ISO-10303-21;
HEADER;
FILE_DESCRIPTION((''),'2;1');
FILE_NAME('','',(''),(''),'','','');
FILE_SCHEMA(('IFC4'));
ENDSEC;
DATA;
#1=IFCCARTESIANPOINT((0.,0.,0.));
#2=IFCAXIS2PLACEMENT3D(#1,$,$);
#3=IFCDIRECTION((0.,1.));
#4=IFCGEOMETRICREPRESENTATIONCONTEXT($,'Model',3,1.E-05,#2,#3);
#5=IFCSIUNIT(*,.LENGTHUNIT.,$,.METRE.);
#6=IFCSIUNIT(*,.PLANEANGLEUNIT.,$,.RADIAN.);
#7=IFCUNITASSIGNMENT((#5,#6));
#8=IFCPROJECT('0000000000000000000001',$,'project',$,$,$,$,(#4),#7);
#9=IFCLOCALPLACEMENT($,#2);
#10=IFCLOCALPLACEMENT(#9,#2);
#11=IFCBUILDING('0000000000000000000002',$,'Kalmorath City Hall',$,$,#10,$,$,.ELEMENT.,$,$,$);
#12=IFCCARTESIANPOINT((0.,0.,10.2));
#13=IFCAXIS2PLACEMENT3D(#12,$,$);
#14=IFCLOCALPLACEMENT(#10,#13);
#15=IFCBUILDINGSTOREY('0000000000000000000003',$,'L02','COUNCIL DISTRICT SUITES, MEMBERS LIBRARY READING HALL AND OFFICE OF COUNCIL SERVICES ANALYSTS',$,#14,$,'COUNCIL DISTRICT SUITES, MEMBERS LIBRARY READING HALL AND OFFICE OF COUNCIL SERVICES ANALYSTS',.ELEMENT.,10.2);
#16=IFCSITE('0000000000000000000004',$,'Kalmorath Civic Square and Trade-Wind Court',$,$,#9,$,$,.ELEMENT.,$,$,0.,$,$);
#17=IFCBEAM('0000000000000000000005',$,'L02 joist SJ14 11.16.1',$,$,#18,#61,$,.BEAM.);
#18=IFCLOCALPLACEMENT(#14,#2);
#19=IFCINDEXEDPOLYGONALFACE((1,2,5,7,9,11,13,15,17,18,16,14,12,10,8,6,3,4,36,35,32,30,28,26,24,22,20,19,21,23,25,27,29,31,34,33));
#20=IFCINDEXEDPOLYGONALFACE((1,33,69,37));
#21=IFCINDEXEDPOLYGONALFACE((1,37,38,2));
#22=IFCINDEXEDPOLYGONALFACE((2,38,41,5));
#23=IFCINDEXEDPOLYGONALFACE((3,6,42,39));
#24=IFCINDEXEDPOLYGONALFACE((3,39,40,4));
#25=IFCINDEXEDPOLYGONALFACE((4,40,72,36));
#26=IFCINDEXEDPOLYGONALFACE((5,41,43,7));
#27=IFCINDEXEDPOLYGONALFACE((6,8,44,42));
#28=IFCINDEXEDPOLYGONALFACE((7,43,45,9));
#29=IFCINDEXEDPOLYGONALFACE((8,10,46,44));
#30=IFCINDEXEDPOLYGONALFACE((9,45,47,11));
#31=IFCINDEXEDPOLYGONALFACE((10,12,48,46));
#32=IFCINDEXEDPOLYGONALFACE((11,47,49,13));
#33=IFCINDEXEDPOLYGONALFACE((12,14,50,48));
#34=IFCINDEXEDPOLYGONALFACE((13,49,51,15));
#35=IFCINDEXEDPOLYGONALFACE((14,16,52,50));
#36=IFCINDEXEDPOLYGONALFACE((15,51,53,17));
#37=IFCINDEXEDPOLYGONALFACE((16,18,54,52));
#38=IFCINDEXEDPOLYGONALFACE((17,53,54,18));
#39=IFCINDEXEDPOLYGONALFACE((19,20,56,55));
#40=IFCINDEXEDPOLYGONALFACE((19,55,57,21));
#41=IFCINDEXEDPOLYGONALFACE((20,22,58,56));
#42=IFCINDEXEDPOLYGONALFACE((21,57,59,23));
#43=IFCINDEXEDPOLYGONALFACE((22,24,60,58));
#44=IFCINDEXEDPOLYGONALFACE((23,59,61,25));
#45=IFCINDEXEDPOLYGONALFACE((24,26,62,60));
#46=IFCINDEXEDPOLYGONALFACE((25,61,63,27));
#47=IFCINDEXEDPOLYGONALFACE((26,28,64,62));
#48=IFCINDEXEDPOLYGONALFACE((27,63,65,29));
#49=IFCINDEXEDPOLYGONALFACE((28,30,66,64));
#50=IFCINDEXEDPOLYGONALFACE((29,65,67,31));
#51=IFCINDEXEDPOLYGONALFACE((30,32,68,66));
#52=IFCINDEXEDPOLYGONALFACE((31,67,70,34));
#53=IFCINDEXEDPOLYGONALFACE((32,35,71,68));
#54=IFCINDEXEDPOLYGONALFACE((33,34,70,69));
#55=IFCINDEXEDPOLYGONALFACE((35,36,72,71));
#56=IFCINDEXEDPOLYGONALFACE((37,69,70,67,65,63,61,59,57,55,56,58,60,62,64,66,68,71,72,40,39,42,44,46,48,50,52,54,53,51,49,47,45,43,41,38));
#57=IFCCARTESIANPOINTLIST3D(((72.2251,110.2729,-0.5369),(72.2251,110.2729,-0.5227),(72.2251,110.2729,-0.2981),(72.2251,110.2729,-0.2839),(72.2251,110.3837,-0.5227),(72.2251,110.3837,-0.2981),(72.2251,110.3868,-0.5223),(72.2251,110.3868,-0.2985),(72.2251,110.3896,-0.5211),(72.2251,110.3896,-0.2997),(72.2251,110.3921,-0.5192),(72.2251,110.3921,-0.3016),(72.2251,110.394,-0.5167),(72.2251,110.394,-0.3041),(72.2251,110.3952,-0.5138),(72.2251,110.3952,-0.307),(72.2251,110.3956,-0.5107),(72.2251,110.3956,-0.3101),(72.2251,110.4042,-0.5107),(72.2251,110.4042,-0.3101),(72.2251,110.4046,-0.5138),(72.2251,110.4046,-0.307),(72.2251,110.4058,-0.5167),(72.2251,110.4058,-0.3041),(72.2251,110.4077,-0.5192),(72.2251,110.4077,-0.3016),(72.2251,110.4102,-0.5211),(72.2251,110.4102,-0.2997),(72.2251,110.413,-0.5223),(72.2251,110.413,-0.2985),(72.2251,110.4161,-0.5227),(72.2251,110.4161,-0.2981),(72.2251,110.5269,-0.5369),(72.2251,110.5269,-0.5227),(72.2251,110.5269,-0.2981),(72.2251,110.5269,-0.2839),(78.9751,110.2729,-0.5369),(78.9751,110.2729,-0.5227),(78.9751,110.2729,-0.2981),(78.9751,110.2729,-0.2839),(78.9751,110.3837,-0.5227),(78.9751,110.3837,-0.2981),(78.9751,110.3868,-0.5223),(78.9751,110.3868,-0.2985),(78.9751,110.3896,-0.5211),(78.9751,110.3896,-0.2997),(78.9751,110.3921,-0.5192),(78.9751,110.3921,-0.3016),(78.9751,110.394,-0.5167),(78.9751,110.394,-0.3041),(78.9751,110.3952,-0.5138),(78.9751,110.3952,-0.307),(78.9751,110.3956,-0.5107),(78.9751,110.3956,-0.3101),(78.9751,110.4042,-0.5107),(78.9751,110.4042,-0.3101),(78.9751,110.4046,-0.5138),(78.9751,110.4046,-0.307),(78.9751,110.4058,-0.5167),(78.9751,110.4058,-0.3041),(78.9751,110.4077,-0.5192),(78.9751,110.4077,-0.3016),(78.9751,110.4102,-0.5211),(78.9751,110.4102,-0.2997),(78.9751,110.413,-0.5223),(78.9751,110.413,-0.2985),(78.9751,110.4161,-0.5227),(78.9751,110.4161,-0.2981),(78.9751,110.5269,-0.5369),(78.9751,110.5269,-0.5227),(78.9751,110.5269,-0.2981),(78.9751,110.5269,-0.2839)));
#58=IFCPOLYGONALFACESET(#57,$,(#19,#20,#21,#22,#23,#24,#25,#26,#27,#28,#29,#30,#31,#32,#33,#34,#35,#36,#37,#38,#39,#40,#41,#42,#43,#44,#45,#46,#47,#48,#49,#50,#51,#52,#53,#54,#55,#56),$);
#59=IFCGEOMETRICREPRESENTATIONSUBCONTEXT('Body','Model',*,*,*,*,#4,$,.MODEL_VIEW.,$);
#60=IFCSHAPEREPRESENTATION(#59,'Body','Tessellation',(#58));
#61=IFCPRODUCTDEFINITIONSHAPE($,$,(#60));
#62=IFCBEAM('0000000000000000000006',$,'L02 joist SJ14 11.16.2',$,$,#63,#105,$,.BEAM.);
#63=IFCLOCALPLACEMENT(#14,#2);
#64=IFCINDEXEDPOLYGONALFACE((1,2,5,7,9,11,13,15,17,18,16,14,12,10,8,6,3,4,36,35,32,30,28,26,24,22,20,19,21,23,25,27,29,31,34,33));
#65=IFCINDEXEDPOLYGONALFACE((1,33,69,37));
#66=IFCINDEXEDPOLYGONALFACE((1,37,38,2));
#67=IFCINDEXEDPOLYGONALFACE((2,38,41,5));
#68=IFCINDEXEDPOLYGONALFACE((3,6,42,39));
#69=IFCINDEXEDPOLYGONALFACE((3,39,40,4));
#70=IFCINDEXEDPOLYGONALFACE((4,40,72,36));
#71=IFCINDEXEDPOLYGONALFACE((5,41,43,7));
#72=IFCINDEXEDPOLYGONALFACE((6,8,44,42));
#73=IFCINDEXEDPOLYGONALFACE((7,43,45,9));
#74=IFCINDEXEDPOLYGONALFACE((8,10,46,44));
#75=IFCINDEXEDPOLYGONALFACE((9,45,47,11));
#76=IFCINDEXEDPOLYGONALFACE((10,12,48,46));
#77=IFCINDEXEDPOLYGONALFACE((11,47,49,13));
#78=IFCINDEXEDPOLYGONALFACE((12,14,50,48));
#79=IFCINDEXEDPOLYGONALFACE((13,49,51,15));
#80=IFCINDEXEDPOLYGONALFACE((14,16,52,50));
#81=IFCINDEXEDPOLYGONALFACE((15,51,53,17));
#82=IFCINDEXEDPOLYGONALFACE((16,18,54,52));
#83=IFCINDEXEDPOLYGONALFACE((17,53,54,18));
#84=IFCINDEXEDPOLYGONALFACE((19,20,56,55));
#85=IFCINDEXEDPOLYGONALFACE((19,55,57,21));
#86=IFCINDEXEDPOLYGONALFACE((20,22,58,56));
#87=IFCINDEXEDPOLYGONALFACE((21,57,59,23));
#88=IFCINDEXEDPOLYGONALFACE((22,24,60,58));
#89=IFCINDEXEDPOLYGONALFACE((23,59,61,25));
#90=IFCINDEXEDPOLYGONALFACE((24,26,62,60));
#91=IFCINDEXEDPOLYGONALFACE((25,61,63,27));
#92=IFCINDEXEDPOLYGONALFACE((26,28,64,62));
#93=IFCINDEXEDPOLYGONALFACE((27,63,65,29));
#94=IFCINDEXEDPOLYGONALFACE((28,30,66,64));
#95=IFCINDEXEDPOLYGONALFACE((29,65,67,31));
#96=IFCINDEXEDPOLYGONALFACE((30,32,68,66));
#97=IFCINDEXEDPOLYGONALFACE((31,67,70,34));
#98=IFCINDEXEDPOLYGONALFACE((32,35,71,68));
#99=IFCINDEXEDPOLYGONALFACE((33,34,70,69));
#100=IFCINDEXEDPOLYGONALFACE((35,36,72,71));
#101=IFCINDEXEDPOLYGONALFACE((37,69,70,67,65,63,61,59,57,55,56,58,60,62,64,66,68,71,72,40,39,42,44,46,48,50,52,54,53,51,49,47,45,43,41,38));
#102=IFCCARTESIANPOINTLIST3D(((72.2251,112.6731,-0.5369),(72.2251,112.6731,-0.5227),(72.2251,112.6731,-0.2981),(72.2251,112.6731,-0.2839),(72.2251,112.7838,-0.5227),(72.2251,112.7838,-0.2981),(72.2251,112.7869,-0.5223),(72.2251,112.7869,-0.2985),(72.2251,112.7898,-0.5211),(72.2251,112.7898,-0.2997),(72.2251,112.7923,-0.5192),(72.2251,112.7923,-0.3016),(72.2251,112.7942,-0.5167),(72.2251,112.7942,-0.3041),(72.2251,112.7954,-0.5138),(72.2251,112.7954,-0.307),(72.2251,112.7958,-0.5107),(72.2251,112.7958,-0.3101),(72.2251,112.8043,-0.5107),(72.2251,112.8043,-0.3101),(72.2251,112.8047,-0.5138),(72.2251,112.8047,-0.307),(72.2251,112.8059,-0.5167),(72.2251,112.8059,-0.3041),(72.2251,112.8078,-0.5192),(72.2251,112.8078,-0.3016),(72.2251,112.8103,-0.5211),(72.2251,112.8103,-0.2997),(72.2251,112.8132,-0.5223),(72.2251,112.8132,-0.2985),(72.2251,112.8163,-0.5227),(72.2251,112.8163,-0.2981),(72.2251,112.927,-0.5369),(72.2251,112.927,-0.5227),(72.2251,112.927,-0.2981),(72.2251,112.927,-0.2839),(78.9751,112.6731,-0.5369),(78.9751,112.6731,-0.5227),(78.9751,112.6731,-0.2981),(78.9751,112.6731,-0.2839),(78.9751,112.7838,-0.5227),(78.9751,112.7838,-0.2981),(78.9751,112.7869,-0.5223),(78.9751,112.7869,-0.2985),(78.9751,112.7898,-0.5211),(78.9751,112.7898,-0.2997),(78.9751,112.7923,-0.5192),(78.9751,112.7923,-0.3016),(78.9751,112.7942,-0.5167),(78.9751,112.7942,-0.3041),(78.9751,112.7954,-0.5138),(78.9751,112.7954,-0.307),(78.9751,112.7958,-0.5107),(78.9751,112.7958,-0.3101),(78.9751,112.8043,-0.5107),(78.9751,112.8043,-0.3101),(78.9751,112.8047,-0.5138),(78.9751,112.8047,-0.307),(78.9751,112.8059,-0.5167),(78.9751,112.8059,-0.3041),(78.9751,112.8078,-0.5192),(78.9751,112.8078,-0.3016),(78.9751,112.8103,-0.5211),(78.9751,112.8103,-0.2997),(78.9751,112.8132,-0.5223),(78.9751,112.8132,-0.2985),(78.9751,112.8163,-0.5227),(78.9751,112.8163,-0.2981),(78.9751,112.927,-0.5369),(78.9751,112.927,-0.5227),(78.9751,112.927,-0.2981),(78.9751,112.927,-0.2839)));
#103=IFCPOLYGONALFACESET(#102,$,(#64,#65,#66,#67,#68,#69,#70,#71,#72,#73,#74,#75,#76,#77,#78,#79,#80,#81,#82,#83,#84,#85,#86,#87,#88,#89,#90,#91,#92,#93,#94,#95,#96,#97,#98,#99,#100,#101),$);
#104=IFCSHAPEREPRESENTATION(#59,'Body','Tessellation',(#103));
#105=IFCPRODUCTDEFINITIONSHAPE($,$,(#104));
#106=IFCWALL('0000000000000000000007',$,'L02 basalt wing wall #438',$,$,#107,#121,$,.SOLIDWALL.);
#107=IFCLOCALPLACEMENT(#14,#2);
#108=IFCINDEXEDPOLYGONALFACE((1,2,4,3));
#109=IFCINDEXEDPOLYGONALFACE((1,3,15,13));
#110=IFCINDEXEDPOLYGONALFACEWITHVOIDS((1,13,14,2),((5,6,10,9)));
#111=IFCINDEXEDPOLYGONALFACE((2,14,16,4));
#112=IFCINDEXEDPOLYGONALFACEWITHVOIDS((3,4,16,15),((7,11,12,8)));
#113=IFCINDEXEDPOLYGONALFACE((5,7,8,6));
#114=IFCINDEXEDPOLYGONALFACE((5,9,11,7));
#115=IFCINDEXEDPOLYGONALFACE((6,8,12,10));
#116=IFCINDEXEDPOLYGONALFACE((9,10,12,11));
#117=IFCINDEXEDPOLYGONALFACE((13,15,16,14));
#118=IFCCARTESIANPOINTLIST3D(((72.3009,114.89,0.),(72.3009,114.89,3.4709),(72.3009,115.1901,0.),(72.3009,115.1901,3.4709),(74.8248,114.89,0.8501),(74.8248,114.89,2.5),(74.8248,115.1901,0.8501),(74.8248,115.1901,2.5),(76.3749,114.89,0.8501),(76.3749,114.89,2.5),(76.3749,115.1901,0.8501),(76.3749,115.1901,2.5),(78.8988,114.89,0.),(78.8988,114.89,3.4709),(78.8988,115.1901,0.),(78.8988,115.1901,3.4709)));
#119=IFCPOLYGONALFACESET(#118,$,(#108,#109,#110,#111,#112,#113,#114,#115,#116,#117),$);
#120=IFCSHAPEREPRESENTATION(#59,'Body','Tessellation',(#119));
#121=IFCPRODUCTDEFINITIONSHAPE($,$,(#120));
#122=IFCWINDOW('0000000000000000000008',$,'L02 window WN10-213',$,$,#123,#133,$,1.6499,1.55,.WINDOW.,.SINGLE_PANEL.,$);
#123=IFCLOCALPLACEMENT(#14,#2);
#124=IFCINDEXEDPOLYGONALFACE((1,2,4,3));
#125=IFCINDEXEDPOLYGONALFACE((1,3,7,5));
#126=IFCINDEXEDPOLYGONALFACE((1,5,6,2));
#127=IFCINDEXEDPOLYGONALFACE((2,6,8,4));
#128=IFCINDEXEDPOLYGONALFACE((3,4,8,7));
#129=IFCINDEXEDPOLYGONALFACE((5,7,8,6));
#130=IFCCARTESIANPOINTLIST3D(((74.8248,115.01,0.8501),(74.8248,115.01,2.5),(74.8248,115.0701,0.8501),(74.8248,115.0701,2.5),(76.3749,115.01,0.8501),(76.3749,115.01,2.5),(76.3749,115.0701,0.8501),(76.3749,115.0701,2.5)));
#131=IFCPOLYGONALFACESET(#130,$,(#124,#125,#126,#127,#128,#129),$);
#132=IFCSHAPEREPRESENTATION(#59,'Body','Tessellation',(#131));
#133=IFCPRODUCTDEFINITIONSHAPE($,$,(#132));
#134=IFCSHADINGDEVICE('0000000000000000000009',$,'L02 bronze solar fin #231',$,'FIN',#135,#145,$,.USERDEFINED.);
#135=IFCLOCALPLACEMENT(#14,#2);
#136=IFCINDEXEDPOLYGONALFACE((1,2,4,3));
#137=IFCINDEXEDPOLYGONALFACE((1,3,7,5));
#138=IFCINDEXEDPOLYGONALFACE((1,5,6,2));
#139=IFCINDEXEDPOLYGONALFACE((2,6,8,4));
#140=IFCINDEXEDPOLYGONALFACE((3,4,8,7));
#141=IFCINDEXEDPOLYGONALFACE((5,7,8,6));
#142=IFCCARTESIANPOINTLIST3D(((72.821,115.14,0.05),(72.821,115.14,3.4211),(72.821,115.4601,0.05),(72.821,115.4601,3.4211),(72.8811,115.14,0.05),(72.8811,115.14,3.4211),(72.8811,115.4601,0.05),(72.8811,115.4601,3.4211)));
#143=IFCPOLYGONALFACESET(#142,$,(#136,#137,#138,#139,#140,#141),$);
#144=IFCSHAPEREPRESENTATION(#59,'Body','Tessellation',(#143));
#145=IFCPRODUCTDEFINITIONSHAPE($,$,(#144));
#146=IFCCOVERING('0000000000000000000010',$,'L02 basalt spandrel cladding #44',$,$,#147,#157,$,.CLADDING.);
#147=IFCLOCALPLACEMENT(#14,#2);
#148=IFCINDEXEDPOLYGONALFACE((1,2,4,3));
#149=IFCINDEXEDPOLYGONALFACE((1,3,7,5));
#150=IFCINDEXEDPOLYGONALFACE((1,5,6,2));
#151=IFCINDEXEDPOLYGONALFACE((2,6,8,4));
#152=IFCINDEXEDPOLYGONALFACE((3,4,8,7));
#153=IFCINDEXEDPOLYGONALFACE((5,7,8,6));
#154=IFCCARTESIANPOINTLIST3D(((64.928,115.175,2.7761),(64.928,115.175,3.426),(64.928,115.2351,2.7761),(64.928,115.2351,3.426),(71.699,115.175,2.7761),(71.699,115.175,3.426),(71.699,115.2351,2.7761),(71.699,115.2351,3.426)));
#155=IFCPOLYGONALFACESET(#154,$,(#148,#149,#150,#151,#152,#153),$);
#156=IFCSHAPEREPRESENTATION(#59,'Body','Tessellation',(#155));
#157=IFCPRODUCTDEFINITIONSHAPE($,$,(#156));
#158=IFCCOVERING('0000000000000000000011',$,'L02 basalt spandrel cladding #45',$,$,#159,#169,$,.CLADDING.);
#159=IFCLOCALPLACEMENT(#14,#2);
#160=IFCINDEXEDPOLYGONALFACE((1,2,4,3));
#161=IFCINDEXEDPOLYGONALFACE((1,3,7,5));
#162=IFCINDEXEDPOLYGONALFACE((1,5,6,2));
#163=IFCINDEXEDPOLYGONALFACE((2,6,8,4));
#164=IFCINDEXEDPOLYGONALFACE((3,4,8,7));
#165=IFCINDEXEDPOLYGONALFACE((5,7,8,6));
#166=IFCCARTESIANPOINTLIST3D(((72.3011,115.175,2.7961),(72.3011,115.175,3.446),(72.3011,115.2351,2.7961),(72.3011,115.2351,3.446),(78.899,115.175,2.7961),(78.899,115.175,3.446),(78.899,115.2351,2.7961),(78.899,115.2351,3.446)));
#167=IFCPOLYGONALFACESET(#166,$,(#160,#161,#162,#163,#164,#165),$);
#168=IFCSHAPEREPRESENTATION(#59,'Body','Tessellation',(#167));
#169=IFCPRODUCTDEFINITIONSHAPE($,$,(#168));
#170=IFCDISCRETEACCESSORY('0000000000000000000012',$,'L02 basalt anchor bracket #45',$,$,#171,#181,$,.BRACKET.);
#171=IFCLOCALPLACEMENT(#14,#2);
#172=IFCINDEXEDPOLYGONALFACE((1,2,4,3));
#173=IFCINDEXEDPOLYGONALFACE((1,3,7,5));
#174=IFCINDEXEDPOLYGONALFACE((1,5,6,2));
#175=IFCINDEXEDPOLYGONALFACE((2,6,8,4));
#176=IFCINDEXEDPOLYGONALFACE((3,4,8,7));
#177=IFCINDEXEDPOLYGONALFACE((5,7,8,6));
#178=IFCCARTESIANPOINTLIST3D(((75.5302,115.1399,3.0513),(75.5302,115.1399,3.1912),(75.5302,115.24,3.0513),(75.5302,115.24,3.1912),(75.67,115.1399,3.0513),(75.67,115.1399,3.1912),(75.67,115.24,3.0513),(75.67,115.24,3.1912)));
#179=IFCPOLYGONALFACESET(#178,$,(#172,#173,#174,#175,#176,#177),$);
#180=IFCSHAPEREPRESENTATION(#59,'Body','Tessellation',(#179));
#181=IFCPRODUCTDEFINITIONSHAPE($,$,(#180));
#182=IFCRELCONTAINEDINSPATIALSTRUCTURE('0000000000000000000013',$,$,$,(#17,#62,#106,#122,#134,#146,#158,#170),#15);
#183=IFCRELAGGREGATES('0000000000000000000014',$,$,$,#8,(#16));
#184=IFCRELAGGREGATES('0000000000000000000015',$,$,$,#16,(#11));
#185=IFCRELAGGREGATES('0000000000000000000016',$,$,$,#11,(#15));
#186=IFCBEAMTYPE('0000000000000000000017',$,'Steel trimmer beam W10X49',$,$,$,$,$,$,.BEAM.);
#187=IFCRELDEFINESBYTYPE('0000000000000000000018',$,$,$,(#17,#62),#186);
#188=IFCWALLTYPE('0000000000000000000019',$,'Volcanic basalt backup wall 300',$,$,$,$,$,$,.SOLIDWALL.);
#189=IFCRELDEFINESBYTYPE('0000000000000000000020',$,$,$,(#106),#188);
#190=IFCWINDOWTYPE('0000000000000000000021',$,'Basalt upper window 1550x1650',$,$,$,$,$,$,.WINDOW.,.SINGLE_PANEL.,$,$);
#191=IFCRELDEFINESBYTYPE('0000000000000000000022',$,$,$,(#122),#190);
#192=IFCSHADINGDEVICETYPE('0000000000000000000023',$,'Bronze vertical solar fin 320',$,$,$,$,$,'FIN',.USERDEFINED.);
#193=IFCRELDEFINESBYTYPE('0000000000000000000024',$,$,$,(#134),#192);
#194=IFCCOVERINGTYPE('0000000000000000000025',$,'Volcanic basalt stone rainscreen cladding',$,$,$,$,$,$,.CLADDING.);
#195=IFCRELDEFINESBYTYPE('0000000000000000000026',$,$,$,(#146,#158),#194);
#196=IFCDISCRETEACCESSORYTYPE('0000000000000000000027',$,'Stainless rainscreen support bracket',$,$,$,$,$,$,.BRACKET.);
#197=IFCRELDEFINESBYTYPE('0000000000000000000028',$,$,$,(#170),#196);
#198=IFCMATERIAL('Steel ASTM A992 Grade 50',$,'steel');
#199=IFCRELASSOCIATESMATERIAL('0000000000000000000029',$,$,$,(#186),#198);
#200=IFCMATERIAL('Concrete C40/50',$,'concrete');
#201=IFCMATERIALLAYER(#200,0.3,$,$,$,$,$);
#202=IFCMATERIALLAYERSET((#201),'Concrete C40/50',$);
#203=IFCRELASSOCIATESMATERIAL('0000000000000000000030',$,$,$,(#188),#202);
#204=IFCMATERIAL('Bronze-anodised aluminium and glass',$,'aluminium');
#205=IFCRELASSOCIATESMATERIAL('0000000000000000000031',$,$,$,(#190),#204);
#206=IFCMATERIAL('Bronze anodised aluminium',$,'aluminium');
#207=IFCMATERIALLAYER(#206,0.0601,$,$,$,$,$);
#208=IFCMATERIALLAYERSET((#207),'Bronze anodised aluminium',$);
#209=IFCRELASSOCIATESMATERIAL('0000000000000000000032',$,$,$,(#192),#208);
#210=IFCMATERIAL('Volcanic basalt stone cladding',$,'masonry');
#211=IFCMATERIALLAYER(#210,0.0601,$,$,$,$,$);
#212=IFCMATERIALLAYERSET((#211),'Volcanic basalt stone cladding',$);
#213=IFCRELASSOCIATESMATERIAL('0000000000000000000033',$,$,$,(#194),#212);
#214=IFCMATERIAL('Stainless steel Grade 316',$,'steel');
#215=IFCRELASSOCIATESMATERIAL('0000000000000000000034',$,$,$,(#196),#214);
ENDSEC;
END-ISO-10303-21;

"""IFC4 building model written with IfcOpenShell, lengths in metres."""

from ifc_helpers import new_model, si_unit, direction, frame, frame_2d, origin, origin_2d, place, context, subcontext, project, spatial, rectangle, i_section, extrude, material, layer, layer_set, material_profile, profile_set, type_object, element, fill, save


model = new_model("IFC4")

# Units and contexts
model_context = context("Model", 3, precision=1e-05, world=origin(), true_north=direction((0.0, 1.0)))
body_context = subcontext(model_context, "Body", "Model", "MODEL_VIEW")
ifc_project = project(units=[si_unit("LENGTHUNIT", "METRE"), si_unit("PLANEANGLEUNIT", "RADIAN")], contexts=[model_context])

# Site, building, storey
site_placement = place(None, origin())
site = spatial("IfcSite", under=ifc_project, at=site_placement, Name="Kalmorath Civic Square and Trade-Wind Court", CompositionType="ELEMENT", RefElevation=0.0)
building_placement = place(site_placement, origin())
building = spatial("IfcBuilding", under=site, at=building_placement, Name="Kalmorath City Hall", CompositionType="ELEMENT")
storey_placement = place(building_placement, frame((0.0, 0.0, 10.2)))
storey = spatial("IfcBuildingStorey", under=building, at=storey_placement, Name="L02", Description="COUNCIL DISTRICT SUITES, MEMBERS LIBRARY READING HALL AND OFFICE OF COUNCIL SERVICES ANALYSTS", LongName="COUNCIL DISTRICT SUITES, MEMBERS LIBRARY READING HALL AND OFFICE OF COUNCIL SERVICES ANALYSTS", CompositionType="ELEMENT", Elevation=10.2)

# Beams
ifc_material_1 = material(Name="Steel ASTM A992 Grade 50", Category="steel")
ifc_material_profile_1 = material_profile(ifc_material_1, i_section(OverallWidth=0.2539, OverallDepth=0.2529, WebThickness=0.0085, FlangeThickness=0.0142, FilletRadius=0.012, at=origin_2d()), Name="W10X49")
ifc_profile_set_1 = profile_set([ifc_material_profile_1], Name="Steel ASTM A992 Grade 50")
beam_type_1 = type_object("IfcBeamType", Name="Steel trimmer beam W10X49", PredefinedType="BEAM", material=ifc_profile_set_1)
for number, where, z_axis, x_axis, name in (
    (1, (72.2251, 110.3999, -0.4104), (1.0, 0.0, 0.0), (0.0, 1.0, 0.0), "L02 joist SJ14 11.16.1"),
    (2, (72.2251, 112.8, -0.4104), (1.0, 0.0, 0.0), (0.0, 1.0, 0.0), "L02 joist SJ14 11.16.2"),
):
    element("IfcBeam", number, at=place(storey_placement, frame(where, z_axis=z_axis, x_axis=x_axis)), inside=storey, type_object=beam_type_1, Name=name, PredefinedType="BEAM", context=body_context, shape_type="SweptSolid", body=[
        extrude(i_section(OverallWidth=0.2539, OverallDepth=0.2529, WebThickness=0.0085, FlangeThickness=0.0142, FilletRadius=0.012, at=origin_2d()), origin(), (0.0, 0.0, 1.0), 6.75),
    ])

# Wall, opening, window
ifc_material_2 = material(Name="Concrete C40/50", Category="concrete")
ifc_layer_1 = layer(ifc_material_2, 0.3)
ifc_layer_set_1 = layer_set([ifc_layer_1], Name="Concrete C40/50")
wall_type = type_object("IfcWallType", Name="Volcanic basalt backup wall 300", PredefinedType="SOLIDWALL", material=ifc_layer_set_1)
wall_placement = place(storey_placement, frame((72.301, 115.04, 0.0), z_axis=(0.0, 0.0, 1.0), x_axis=(1.0, 0.0, 0.0)))
wall = element("IfcWall", 3, at=wall_placement, inside=storey, type_object=wall_type, Name="L02 basalt wing wall #438", PredefinedType="SOLIDWALL", context=body_context, shape_type="SweptSolid", body=[
    extrude(rectangle(XDim=6.5979, YDim=0.3, at=frame_2d((3.2988, 0.0))), origin(), (0.0, 0.0, 1.0), 3.4709),
])
opening_placement = place(wall_placement, frame((2.5239, 0.0, 0.8501)))
opening = element("IfcOpeningElement", 4, at=opening_placement, cuts=wall, PredefinedType="OPENING", context=body_context, shape_type="SweptSolid", body=[
    extrude(rectangle(XDim=1.55, YDim=1.6499, at=frame_2d((0.7749, 0.825))), frame((0.0, 0.1599, 0.0), z_axis=(0.0, -1.0, 0.0), x_axis=(1.0, 0.0, 0.0)), (0.0, 0.0, 1.0), 0.3201),
])
ifc_material_3 = material(Name="Bronze-anodised aluminium and glass", Category="aluminium")
window_type = type_object("IfcWindowType", Name="Basalt upper window 1550x1650", PartitioningType="SINGLE_PANEL", PredefinedType="WINDOW", material=ifc_material_3)
window_placement = place(opening_placement, origin())
window = element("IfcWindow", 5, at=window_placement, inside=storey, type_object=window_type, Name="L02 window WN10-213", OverallHeight=1.6499, OverallWidth=1.55, PartitioningType="SINGLE_PANEL", PredefinedType="WINDOW", context=body_context, shape_type="SweptSolid", body=[
    extrude(rectangle(XDim=1.55, YDim=1.6499, at=frame_2d((0.7749, 0.825))), frame((0.0, 0.03, 0.0), z_axis=(0.0, -1.0, 0.0), x_axis=(1.0, 0.0, 0.0)), (0.0, 0.0, 1.0), 0.0601),
])
fill(opening, window)

# Shading device
ifc_material_4 = material(Name="Bronze anodised aluminium", Category="aluminium")
ifc_layer_2 = layer(ifc_material_4, 0.0601)
ifc_layer_set_2 = layer_set([ifc_layer_2], Name="Bronze anodised aluminium")
shading_device_type = type_object("IfcShadingDeviceType", Name="Bronze vertical solar fin 320", ElementType="FIN", PredefinedType="USERDEFINED", material=ifc_layer_set_2)
shading_device_placement = place(storey_placement, frame((72.8511, 115.3, 0.05), z_axis=(0.0, 0.0, 1.0), x_axis=(1.0, 0.0, 0.0)))
element("IfcShadingDevice", 6, at=shading_device_placement, inside=storey, type_object=shading_device_type, Name="L02 bronze solar fin #231", ObjectType="FIN", PredefinedType="USERDEFINED", context=body_context, shape_type="SweptSolid", body=[
    extrude(rectangle(XDim=0.0601, YDim=0.3201, at=origin_2d()), origin(), (0.0, 0.0, 1.0), 3.3711),
])

# Coverings
ifc_material_5 = material(Name="Volcanic basalt stone cladding", Category="masonry")
ifc_layer_3 = layer(ifc_material_5, 0.0601)
ifc_layer_set_3 = layer_set([ifc_layer_3], Name="Volcanic basalt stone cladding")
covering_type = type_object("IfcCoveringType", Name="Volcanic basalt stone rainscreen cladding", PredefinedType="CLADDING", material=ifc_layer_set_3)
covering_1_placement = place(storey_placement, frame((68.3135, 115.2051, 2.7761), z_axis=(0.0, 0.0, 1.0), x_axis=(1.0, 0.0, 0.0)))
element("IfcCovering", 7, at=covering_1_placement, inside=storey, type_object=covering_type, Name="L02 basalt spandrel cladding #44", PredefinedType="CLADDING", context=body_context, shape_type="SweptSolid", body=[
    extrude(rectangle(XDim=6.771, YDim=0.0601, at=origin_2d()), origin(), (0.0, 0.0, 1.0), 0.6499),
])
covering_2_placement = place(storey_placement, frame((75.6001, 115.2051, 2.7961), z_axis=(0.0, 0.0, 1.0), x_axis=(1.0, 0.0, 0.0)))
element("IfcCovering", 8, at=covering_2_placement, inside=storey, type_object=covering_type, Name="L02 basalt spandrel cladding #45", PredefinedType="CLADDING", context=body_context, shape_type="SweptSolid", body=[
    extrude(rectangle(XDim=6.5979, YDim=0.0601, at=origin_2d()), origin(), (0.0, 0.0, 1.0), 0.6499),
])

# Discrete accessory
ifc_material_6 = material(Name="Stainless steel Grade 316", Category="steel")
discrete_accessory_type = type_object("IfcDiscreteAccessoryType", Name="Stainless rainscreen support bracket", PredefinedType="BRACKET", material=ifc_material_6)
discrete_accessory_placement = place(storey_placement, frame((75.6001, 115.1899, 3.0513), z_axis=(0.0, 0.0, 1.0), x_axis=(1.0, 0.0, 0.0)))
element("IfcDiscreteAccessory", 9, at=discrete_accessory_placement, inside=storey, type_object=discrete_accessory_type, Name="L02 basalt anchor bracket #45", PredefinedType="BRACKET", context=body_context, shape_type="SweptSolid", body=[
    extrude(rectangle(XDim=0.1399, YDim=0.1001, at=origin_2d()), origin(), (0.0, 0.0, 1.0), 0.1399),
])

save(model, "model.ifc")
